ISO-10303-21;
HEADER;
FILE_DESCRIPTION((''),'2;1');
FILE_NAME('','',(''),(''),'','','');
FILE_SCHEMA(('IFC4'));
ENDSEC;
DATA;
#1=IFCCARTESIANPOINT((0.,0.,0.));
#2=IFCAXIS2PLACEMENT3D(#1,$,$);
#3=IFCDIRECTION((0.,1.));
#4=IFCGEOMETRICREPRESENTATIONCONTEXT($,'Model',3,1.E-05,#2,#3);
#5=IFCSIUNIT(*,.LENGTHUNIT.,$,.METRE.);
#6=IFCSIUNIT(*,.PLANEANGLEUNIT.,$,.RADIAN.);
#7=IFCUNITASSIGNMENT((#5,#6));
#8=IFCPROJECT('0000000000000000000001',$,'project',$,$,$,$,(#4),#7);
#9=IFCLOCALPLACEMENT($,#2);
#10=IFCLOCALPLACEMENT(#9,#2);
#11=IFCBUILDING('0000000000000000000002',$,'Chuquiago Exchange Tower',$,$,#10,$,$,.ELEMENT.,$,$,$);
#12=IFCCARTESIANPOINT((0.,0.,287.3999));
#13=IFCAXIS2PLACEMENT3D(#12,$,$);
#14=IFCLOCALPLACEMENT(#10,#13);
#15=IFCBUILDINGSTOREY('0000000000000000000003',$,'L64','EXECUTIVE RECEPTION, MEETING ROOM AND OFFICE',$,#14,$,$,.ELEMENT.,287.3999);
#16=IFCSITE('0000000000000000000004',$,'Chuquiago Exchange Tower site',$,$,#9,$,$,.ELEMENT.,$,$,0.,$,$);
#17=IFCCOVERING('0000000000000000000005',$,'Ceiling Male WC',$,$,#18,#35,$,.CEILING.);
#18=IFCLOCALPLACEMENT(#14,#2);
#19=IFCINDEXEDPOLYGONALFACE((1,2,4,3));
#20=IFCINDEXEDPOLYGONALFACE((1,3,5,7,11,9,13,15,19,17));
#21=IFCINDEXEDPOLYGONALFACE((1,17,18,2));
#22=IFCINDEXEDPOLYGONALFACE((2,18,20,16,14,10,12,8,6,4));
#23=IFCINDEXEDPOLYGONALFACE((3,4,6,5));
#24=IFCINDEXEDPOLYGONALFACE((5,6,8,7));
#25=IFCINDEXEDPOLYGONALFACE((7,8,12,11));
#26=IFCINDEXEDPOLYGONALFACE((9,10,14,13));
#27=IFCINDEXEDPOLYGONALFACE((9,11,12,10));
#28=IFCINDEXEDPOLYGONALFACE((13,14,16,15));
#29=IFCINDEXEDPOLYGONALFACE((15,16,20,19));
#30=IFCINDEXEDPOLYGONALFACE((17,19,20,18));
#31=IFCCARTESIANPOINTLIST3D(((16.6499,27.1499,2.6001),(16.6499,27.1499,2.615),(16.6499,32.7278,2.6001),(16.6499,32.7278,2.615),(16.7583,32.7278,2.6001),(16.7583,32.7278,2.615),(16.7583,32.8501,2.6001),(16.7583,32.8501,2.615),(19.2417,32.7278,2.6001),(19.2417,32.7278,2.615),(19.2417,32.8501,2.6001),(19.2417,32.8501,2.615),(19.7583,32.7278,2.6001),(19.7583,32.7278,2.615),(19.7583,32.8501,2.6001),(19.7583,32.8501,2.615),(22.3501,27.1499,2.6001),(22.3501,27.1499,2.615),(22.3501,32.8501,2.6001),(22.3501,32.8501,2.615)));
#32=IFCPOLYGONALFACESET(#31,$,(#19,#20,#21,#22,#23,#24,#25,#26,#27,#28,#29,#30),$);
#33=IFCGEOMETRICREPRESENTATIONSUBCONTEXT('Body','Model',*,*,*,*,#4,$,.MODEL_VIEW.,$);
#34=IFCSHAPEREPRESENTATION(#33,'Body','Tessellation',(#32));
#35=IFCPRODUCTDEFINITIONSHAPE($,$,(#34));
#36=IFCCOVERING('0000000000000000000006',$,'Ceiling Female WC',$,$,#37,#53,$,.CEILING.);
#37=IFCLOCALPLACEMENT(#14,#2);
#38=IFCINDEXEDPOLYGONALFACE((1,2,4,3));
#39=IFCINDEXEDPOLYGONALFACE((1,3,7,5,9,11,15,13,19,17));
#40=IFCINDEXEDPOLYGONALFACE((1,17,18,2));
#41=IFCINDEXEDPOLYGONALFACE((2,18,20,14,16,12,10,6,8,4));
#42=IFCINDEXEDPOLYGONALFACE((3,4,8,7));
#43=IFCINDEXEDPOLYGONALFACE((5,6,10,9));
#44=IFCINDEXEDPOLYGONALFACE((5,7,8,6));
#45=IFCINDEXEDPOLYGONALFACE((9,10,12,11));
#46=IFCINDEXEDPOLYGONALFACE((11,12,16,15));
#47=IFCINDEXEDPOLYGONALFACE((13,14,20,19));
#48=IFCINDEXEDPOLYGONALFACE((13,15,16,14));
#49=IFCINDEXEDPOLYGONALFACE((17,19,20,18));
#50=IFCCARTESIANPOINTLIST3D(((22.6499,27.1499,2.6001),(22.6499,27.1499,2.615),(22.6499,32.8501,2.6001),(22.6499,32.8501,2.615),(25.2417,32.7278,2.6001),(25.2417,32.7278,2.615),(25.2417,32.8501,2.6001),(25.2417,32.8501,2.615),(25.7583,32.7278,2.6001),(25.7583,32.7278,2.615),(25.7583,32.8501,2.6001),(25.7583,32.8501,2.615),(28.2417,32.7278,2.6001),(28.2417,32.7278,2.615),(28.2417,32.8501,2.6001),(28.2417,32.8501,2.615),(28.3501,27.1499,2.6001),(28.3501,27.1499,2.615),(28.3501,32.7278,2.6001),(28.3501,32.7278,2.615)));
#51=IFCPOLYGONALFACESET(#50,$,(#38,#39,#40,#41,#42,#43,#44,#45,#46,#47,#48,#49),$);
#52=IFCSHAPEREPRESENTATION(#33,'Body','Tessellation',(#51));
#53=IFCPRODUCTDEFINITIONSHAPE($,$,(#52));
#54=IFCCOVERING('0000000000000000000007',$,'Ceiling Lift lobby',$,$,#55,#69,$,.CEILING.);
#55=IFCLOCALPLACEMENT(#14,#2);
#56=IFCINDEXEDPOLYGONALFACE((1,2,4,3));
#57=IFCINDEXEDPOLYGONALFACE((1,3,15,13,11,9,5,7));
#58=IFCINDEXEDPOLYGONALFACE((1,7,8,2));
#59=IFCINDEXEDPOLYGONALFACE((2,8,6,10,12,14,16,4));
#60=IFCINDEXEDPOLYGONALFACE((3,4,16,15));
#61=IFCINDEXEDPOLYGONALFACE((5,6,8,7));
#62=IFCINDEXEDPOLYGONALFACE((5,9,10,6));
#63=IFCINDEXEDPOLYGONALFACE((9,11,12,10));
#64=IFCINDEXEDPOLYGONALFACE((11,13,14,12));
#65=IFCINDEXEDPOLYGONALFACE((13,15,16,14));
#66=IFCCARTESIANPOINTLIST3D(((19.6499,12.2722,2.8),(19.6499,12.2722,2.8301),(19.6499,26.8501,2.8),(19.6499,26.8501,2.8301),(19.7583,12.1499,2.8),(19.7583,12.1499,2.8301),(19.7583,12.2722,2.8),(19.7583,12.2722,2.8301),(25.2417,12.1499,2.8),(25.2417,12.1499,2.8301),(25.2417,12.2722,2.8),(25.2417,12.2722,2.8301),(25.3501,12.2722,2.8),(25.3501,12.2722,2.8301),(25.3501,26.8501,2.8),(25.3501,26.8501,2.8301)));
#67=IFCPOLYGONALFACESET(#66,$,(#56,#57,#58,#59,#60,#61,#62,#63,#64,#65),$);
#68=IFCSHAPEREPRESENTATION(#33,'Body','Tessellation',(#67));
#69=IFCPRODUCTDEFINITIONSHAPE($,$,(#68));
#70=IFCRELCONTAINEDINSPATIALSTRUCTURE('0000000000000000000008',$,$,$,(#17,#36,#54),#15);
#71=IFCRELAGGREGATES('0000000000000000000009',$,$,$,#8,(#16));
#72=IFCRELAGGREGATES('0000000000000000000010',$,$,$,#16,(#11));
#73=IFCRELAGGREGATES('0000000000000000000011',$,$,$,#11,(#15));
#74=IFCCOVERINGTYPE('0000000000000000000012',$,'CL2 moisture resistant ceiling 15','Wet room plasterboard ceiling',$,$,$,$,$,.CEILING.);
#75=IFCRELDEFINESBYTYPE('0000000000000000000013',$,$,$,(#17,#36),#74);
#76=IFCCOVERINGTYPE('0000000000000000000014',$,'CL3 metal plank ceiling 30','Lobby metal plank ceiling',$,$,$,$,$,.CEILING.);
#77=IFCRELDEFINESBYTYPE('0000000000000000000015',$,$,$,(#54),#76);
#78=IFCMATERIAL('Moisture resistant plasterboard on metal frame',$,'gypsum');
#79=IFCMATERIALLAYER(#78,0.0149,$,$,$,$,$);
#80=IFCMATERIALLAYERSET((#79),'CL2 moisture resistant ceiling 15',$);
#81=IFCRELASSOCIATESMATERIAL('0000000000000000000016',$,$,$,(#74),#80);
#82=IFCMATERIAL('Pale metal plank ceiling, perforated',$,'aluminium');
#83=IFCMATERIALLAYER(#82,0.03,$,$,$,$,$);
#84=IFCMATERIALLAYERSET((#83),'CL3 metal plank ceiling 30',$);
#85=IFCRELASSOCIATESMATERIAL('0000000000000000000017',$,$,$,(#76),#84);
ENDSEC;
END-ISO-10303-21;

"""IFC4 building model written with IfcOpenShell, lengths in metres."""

from ifc_helpers import new_model, si_unit, direction, frame, origin, place, context, subcontext, project, spatial, polyline, outline, extrude, material, layer, layer_set, type_object, element, save


model = new_model("IFC4")

# Units and contexts
model_context = context("Model", 3, precision=1e-05, world=origin(), true_north=direction((0.0, 1.0)))
body_context = subcontext(model_context, "Body", "Model", "MODEL_VIEW")
ifc_project = project(units=[si_unit("LENGTHUNIT", "METRE"), si_unit("PLANEANGLEUNIT", "RADIAN")], contexts=[model_context])

# Site, building, storey
site_placement = place(None, origin())
site = spatial("IfcSite", under=ifc_project, at=site_placement, Name="Chuquiago Exchange Tower site", CompositionType="ELEMENT", RefElevation=0.0)
building_placement = place(site_placement, origin())
building = spatial("IfcBuilding", under=site, at=building_placement, Name="Chuquiago Exchange Tower", CompositionType="ELEMENT")
storey_placement = place(building_placement, frame((0.0, 0.0, 287.3999)))
storey = spatial("IfcBuildingStorey", under=building, at=storey_placement, Name="L64", Description="EXECUTIVE RECEPTION, MEETING ROOM AND OFFICE", CompositionType="ELEMENT", Elevation=287.3999)

# Coverings
ifc_material_1 = material(Name="Moisture resistant plasterboard on metal frame", Category="gypsum")
ifc_layer_1 = layer(ifc_material_1, 0.0149)
ifc_layer_set_1 = layer_set([ifc_layer_1], Name="CL2 moisture resistant ceiling 15")
covering_type_1 = type_object("IfcCoveringType", Name="CL2 moisture resistant ceiling 15", Description="Wet room plasterboard ceiling", PredefinedType="CEILING", material=ifc_layer_set_1)
covering_1_placement = place(storey_placement, frame((0.0, 0.0, 2.6001)))
element("IfcCovering", 1, at=covering_1_placement, inside=storey, type_object=covering_type_1, Name="Ceiling Male WC", PredefinedType="CEILING", context=body_context, shape_type="SweptSolid", body=[
    extrude(outline(polyline([(16.6499, 27.1499), (16.6499, 32.7278), (16.7583, 32.7278), (16.7583, 32.8501), (19.2417, 32.8501), (19.2417, 32.7278), (19.7583, 32.7278), (19.7583, 32.8501), (22.3501, 32.8501), (22.3501, 27.1499), (16.6499, 27.1499)])), origin(), (0.0, 0.0, 1.0), 0.0149),
])
covering_2_placement = place(storey_placement, frame((0.0, 0.0, 2.6001)))
element("IfcCovering", 2, at=covering_2_placement, inside=storey, type_object=covering_type_1, Name="Ceiling Female WC", PredefinedType="CEILING", context=body_context, shape_type="SweptSolid", body=[
    extrude(outline(polyline([(22.6499, 27.1499), (22.6499, 32.8501), (25.2417, 32.8501), (25.2417, 32.7278), (25.7583, 32.7278), (25.7583, 32.8501), (28.2417, 32.8501), (28.2417, 32.7278), (28.3501, 32.7278), (28.3501, 27.1499), (22.6499, 27.1499)])), origin(), (0.0, 0.0, 1.0), 0.0149),
])
ifc_material_2 = material(Name="Pale metal plank ceiling, perforated", Category="aluminium")
ifc_layer_2 = layer(ifc_material_2, 0.03)
ifc_layer_set_2 = layer_set([ifc_layer_2], Name="CL3 metal plank ceiling 30")
covering_type_2 = type_object("IfcCoveringType", Name="CL3 metal plank ceiling 30", Description="Lobby metal plank ceiling", PredefinedType="CEILING", material=ifc_layer_set_2)
covering_3_placement = place(storey_placement, frame((0.0, 0.0, 2.8)))
element("IfcCovering", 3, at=covering_3_placement, inside=storey, type_object=covering_type_2, Name="Ceiling Lift lobby", PredefinedType="CEILING", context=body_context, shape_type="SweptSolid", body=[
    extrude(outline(polyline([(19.7583, 12.1499), (19.7583, 12.2722), (19.6499, 12.2722), (19.6499, 26.8501), (25.3501, 26.8501), (25.3501, 12.2722), (25.2417, 12.2722), (25.2417, 12.1499), (19.7583, 12.1499)])), origin(), (0.0, 0.0, 1.0), 0.03),
])

save(model, "model.ifc")
